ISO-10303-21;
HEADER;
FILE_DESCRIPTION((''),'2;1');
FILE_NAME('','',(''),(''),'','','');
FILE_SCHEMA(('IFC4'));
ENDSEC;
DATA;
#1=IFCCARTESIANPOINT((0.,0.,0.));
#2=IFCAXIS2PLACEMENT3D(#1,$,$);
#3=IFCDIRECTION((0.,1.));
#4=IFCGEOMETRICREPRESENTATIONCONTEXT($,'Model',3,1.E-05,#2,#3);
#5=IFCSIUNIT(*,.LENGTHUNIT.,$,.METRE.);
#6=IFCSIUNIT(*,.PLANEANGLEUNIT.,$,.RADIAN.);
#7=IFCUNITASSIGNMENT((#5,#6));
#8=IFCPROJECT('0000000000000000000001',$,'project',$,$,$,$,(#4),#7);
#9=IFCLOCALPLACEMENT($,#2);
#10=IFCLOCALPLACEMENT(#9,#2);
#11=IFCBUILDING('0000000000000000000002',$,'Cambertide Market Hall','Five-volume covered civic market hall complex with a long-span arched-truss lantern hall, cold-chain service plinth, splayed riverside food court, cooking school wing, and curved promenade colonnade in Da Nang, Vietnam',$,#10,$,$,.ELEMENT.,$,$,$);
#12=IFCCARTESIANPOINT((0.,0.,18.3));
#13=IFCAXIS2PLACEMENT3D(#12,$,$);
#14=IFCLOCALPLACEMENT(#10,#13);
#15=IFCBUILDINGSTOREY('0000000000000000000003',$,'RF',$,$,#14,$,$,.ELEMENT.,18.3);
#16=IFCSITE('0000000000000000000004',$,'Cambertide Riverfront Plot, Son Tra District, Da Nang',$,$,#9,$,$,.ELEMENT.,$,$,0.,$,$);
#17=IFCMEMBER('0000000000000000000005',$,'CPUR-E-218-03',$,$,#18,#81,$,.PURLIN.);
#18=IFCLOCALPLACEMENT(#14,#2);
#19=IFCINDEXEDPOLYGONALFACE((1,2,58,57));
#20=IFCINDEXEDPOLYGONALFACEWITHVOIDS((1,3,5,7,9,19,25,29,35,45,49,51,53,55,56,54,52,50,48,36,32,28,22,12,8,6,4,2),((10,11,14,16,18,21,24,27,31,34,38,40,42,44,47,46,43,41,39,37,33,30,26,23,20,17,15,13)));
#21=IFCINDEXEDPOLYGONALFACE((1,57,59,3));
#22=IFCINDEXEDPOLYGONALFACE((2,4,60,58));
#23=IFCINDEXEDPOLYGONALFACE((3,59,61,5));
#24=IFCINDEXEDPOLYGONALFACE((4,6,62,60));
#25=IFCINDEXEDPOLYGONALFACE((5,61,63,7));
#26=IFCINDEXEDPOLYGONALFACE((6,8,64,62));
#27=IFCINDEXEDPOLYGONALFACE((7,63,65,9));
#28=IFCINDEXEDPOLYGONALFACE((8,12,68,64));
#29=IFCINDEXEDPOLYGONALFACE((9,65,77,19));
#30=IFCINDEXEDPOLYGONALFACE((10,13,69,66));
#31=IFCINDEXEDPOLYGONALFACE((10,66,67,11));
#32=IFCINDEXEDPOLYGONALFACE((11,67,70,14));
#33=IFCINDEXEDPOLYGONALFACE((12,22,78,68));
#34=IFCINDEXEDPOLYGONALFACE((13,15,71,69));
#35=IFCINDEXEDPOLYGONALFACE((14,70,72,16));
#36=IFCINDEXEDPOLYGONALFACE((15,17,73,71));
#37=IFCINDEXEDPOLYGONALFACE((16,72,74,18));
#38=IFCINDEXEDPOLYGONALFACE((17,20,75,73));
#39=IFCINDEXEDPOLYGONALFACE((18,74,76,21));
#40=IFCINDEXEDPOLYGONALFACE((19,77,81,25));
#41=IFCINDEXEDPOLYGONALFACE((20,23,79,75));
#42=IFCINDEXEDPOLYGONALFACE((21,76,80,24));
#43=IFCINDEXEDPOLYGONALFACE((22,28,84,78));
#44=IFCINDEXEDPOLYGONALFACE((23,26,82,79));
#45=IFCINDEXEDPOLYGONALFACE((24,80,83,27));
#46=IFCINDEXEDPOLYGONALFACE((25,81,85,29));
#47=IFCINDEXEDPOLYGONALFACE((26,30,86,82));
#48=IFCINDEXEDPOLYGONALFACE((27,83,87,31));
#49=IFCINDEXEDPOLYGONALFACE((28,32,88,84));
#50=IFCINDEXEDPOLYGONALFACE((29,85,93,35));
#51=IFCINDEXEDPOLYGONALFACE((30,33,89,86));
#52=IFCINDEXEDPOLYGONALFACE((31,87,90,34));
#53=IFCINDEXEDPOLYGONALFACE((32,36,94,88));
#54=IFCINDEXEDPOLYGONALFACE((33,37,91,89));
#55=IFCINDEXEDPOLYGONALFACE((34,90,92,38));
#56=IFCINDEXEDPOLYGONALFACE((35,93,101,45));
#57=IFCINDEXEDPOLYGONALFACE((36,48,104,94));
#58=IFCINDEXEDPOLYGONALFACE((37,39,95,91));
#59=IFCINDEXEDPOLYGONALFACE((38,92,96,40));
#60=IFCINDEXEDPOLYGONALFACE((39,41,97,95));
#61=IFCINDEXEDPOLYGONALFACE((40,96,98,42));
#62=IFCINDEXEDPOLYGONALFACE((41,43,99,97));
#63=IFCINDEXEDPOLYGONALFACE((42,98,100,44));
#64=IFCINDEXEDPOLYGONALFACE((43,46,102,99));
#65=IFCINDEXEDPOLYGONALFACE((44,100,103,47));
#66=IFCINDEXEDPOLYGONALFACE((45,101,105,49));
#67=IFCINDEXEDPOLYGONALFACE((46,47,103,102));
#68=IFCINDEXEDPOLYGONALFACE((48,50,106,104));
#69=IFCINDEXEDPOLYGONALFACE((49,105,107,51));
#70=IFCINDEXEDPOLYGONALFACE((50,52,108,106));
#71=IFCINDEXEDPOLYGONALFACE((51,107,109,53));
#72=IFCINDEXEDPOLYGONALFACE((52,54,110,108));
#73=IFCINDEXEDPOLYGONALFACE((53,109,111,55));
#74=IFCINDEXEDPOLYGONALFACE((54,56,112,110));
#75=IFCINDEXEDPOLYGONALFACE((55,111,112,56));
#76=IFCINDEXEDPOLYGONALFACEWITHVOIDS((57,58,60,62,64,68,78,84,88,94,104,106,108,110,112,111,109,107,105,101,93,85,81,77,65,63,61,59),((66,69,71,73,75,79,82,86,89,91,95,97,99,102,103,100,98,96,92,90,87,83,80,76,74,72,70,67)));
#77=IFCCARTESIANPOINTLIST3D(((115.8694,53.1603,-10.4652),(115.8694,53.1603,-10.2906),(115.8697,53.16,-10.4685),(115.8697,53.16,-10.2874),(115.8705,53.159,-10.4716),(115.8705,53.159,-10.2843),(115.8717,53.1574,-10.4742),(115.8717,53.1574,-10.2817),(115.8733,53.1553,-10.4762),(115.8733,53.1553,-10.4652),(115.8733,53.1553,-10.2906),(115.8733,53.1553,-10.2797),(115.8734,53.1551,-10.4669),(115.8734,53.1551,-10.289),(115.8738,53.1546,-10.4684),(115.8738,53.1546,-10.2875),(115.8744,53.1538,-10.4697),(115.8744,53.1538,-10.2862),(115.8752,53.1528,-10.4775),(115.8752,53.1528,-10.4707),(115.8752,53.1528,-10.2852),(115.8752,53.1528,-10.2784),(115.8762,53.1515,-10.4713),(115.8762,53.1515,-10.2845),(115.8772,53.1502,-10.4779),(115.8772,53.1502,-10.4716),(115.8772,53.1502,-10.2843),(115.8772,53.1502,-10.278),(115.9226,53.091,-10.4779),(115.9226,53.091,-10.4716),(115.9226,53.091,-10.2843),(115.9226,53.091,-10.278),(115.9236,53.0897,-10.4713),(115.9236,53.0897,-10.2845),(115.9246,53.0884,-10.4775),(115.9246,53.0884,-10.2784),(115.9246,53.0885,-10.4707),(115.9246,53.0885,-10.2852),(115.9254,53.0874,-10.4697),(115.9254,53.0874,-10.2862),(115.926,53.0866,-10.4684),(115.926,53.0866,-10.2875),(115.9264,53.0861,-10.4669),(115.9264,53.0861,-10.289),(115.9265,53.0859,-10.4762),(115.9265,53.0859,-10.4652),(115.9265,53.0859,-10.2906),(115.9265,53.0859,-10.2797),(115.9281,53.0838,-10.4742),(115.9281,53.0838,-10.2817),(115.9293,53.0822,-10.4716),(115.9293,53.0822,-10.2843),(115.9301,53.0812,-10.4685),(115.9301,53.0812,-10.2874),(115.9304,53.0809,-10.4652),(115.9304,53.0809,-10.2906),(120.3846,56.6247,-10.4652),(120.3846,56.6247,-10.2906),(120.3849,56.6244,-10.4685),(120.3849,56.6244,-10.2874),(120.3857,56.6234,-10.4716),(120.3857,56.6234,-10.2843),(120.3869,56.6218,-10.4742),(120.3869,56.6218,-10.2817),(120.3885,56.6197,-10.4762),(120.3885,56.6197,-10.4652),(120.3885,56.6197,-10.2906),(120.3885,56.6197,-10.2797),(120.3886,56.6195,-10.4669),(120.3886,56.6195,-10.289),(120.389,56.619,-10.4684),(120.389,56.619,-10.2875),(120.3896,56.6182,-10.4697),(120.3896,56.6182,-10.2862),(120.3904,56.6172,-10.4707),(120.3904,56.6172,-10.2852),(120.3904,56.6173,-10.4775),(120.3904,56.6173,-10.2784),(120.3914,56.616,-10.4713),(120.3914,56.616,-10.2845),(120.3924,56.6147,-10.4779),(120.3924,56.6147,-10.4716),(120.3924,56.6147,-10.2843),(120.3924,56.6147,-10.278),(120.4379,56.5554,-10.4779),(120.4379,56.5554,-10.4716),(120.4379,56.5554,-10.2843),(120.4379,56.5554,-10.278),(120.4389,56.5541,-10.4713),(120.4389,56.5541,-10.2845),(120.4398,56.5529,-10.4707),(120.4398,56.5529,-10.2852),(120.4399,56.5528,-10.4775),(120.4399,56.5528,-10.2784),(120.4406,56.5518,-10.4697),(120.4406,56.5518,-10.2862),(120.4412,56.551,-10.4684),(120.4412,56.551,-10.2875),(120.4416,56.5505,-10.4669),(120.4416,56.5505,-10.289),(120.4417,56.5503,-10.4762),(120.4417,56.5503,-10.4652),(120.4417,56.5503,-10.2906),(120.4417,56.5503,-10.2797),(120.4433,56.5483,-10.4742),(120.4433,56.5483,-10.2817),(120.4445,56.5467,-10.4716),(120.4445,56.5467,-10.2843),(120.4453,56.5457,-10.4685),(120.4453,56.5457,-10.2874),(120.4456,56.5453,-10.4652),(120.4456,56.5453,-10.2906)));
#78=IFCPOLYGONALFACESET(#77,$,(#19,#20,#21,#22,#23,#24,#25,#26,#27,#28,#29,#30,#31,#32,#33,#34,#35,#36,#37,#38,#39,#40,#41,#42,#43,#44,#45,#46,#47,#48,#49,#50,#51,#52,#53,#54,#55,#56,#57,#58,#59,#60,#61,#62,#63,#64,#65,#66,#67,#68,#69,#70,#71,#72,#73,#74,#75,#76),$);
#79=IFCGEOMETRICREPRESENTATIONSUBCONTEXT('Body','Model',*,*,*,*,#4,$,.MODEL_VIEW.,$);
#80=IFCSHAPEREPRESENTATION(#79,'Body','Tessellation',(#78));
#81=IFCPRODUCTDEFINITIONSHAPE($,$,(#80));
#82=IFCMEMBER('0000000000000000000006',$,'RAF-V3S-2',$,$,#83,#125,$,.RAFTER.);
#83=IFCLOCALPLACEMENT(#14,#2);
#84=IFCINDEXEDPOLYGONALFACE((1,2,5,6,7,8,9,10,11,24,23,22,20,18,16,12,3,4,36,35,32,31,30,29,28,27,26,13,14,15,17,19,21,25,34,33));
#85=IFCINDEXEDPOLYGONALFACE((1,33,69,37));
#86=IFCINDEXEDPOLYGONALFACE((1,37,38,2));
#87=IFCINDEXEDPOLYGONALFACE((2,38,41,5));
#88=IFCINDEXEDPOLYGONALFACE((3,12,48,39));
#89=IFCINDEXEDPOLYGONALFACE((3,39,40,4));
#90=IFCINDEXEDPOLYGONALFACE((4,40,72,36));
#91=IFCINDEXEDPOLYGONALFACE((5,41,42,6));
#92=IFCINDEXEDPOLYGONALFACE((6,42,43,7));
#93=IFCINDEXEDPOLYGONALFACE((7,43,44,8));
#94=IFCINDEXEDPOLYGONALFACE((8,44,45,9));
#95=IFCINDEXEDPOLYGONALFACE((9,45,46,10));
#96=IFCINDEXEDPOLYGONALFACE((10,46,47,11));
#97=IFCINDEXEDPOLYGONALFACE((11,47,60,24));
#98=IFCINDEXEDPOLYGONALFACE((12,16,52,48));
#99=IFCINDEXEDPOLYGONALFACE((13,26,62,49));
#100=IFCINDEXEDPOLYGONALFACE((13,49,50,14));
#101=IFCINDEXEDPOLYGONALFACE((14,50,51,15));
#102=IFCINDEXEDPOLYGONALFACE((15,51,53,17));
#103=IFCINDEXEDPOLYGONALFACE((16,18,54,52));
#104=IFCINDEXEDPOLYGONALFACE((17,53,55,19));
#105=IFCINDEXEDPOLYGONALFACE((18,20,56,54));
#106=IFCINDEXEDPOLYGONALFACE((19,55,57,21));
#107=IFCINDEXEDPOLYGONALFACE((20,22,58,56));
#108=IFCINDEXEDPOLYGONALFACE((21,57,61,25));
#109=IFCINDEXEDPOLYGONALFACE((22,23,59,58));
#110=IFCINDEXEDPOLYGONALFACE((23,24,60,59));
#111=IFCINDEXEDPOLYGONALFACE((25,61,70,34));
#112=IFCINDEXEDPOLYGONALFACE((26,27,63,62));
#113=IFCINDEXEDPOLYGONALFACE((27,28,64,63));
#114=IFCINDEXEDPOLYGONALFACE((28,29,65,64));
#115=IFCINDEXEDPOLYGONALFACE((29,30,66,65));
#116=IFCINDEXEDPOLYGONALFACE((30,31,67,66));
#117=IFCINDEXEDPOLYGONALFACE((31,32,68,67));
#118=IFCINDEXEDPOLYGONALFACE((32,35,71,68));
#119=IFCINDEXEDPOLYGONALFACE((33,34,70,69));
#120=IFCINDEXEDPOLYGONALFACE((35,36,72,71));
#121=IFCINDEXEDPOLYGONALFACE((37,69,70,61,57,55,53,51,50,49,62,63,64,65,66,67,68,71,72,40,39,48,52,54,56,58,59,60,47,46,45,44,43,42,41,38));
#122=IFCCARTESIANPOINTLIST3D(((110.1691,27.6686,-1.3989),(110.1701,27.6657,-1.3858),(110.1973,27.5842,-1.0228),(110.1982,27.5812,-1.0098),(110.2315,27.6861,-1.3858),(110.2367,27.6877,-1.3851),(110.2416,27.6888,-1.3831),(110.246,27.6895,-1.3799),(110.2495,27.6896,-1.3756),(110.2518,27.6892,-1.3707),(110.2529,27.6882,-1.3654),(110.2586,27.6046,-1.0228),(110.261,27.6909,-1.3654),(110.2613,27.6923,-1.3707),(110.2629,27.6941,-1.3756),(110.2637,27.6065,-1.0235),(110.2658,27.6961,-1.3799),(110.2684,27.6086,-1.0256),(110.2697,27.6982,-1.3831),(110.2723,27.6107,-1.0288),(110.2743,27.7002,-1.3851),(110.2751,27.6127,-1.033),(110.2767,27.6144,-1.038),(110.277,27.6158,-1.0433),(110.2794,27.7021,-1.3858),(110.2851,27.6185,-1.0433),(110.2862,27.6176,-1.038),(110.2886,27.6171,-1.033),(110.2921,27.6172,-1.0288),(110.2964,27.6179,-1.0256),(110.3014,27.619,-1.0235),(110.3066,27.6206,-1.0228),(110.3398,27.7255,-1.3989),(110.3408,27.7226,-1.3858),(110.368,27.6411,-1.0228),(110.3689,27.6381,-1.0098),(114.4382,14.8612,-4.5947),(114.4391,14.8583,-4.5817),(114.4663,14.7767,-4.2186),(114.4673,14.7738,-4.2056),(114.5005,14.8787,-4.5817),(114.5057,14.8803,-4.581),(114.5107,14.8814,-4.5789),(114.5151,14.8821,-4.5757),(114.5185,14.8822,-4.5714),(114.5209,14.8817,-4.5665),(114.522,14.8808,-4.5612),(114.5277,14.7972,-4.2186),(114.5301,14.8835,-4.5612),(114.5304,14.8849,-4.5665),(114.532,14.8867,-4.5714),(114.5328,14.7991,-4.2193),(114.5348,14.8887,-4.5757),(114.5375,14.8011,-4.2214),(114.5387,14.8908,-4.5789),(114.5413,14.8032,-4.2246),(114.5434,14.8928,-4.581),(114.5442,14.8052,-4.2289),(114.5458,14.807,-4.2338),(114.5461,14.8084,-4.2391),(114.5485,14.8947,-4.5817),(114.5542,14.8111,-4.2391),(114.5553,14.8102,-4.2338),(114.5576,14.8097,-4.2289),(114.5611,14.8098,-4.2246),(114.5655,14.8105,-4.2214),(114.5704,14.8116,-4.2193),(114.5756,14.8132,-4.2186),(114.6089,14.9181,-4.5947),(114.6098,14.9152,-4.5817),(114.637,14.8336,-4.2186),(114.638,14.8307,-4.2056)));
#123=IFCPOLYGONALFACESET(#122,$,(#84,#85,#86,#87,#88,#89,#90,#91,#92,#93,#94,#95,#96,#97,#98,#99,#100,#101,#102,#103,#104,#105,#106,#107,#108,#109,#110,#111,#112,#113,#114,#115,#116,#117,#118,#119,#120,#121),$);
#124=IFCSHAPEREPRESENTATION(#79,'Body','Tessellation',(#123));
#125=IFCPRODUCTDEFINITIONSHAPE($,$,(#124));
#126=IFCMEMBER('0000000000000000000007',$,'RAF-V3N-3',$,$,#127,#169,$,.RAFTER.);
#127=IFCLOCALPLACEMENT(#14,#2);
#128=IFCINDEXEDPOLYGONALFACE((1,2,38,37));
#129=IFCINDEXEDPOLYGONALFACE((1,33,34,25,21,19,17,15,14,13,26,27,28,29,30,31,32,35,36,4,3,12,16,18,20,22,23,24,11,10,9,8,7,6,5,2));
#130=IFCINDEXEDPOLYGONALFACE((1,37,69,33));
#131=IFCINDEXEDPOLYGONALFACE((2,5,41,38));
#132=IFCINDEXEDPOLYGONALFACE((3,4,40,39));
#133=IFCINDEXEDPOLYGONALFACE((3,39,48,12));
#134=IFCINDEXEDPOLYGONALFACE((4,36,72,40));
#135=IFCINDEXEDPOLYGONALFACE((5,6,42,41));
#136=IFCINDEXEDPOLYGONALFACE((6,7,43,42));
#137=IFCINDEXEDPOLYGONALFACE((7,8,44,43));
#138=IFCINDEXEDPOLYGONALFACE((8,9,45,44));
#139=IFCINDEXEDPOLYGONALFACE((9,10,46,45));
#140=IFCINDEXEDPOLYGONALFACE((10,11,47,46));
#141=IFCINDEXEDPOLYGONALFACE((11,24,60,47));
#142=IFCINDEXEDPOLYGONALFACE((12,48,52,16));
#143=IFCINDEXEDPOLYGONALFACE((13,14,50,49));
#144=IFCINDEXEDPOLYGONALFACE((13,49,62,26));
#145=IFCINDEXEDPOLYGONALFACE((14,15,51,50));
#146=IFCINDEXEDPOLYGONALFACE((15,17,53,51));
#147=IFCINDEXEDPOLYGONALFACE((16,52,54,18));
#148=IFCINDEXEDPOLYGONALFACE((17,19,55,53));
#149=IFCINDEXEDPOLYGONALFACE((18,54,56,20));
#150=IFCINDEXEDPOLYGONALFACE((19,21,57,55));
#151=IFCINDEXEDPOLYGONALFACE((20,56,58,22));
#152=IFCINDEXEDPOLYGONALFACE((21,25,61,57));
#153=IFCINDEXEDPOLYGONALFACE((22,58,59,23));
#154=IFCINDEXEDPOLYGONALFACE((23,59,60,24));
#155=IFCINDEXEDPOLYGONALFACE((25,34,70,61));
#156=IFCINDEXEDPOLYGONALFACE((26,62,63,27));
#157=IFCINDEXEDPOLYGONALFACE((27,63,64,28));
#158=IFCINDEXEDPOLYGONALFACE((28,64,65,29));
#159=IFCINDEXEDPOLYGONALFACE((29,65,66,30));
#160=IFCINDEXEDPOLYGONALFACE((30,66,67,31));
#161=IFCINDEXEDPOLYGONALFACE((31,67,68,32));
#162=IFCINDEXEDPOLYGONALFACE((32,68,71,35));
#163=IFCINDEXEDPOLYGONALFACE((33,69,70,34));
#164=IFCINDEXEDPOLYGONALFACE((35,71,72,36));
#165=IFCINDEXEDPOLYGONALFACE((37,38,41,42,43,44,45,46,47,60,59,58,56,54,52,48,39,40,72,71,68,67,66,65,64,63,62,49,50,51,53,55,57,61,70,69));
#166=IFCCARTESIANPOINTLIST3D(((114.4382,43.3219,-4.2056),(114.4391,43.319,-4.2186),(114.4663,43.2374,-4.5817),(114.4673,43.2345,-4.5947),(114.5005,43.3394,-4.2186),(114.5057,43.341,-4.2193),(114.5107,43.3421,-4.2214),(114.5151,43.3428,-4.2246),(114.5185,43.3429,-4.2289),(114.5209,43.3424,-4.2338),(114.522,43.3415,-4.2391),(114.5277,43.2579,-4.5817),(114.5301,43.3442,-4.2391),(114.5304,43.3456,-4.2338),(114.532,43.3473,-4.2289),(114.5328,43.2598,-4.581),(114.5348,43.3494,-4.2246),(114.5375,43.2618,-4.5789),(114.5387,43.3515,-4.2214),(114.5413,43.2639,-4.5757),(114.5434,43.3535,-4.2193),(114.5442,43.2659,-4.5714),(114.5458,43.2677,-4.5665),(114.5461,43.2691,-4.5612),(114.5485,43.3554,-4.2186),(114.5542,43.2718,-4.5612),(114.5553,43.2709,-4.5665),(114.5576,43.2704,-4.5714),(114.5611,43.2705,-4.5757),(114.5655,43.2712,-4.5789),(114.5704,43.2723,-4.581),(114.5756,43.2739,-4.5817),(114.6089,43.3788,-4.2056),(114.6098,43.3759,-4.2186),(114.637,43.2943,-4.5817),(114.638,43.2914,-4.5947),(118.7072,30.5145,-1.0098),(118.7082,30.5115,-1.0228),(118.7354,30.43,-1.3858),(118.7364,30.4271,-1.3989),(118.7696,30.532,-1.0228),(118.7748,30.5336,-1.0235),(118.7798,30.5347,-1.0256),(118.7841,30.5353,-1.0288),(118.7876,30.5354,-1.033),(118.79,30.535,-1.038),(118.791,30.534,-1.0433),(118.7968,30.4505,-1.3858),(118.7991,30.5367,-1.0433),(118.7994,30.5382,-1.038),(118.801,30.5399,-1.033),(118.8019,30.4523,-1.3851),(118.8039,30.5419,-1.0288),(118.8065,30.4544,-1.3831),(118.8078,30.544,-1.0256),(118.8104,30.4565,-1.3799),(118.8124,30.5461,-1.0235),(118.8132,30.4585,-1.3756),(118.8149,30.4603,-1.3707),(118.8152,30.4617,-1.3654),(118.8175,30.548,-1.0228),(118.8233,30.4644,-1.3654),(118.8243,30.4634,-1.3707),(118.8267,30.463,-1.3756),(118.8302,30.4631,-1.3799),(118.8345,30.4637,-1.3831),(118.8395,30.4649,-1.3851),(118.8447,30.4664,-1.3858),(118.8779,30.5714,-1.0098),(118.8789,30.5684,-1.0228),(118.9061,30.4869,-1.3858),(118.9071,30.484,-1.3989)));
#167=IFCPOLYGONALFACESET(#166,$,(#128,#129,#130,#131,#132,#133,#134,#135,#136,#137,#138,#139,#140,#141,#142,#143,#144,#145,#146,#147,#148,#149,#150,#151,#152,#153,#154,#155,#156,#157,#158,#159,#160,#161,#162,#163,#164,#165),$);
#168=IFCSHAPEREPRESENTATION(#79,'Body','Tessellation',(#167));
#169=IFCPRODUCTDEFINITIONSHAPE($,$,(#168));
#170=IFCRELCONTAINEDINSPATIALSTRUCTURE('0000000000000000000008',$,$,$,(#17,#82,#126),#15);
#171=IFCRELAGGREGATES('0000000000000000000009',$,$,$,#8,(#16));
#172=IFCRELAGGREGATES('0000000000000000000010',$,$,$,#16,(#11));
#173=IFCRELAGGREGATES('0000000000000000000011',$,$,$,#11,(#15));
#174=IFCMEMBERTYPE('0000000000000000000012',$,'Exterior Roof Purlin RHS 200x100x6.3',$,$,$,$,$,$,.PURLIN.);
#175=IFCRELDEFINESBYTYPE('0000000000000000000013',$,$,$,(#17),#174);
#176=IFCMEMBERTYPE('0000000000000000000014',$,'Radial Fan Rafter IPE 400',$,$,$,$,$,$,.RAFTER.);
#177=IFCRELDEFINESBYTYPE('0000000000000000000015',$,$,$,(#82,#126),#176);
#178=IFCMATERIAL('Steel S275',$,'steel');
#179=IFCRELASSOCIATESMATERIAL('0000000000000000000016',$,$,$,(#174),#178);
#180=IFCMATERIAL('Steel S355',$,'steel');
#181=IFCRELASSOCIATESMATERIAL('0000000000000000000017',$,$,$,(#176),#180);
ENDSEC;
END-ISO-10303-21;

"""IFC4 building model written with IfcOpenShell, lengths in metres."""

from ifc_helpers import new_model, si_unit, direction, frame, origin, origin_2d, place, context, subcontext, project, spatial, hollow_rectangle, i_section, extrude, material, material_profile, profile_set, type_object, element, save


model = new_model("IFC4")

# Units and contexts
model_context = context("Model", 3, precision=1e-05, world=origin(), true_north=direction((0.0, 1.0)))
body_context = subcontext(model_context, "Body", "Model", "MODEL_VIEW")
ifc_project = project(units=[si_unit("LENGTHUNIT", "METRE"), si_unit("PLANEANGLEUNIT", "RADIAN")], contexts=[model_context])

# Site, building, storey
site_placement = place(None, origin())
site = spatial("IfcSite", under=ifc_project, at=site_placement, Name="Cambertide Riverfront Plot, Son Tra District, Da Nang", CompositionType="ELEMENT", RefElevation=0.0)
building_placement = place(site_placement, origin())
building = spatial("IfcBuilding", under=site, at=building_placement, Name="Cambertide Market Hall", Description="Five-volume covered civic market hall complex with a long-span arched-truss lantern hall, cold-chain service plinth, splayed riverside food court, cooking school wing, and curved promenade colonnade in Da Nang, Vietnam", CompositionType="ELEMENT")
storey_placement = place(building_placement, frame((0.0, 0.0, 18.3)))
storey = spatial("IfcBuildingStorey", under=building, at=storey_placement, Name="RF", CompositionType="ELEMENT", Elevation=18.3)

# Members
ifc_material_1 = material(Name="Steel S275", Category="steel")
ifc_material_profile_1 = material_profile(ifc_material_1, hollow_rectangle(XDim=0.1001, YDim=0.2, WallThickness=0.0063, InnerFilletRadius=0.0063, OuterFilletRadius=0.0127, at=origin_2d()), Name="RHS 200x100x6.3")
ifc_profile_set_1 = profile_set([ifc_material_profile_1], Name="Steel S275")
member_type_1 = type_object("IfcMemberType", Name="Exterior Roof Purlin RHS 200x100x6.3", PredefinedType="PURLIN", material=ifc_profile_set_1)
member_1_placement = place(storey_placement, frame((115.8999, 53.1206, -10.3779), z_axis=(0.793373, 0.608736, 0.0), x_axis=(-0.608736, 0.793373, 0.0)))
element("IfcMember", 1, at=member_1_placement, inside=storey, type_object=member_type_1, Name="CPUR-E-218-03", PredefinedType="PURLIN", context=body_context, shape_type="SweptSolid", body=[
    extrude(hollow_rectangle(XDim=0.1001, YDim=0.2, WallThickness=0.0063, InnerFilletRadius=0.0063, OuterFilletRadius=0.0127, at=origin_2d()), origin(), (0.0, 0.0, 1.0), 5.6912),
])
ifc_material_2 = material(Name="Steel S355", Category="steel")
ifc_material_profile_2 = material_profile(ifc_material_2, i_section(OverallWidth=0.1799, OverallDepth=0.3999, WebThickness=0.0085, FlangeThickness=0.0134, FilletRadius=0.021, at=origin_2d()), Name="IPE 400")
ifc_profile_set_2 = profile_set([ifc_material_profile_2], Name="Steel S355")
member_type_2 = type_object("IfcMemberType", Name="Radial Fan Rafter IPE 400", PredefinedType="RAFTER", material=ifc_profile_set_2)
for number, where, z_axis, x_axis, name in (
    (2, (114.5381, 14.8459, -4.4001), (-0.307718, 0.923171, 0.230357), (-0.948685, -0.316222, 0.0), "RAF-V3S-2"),
    (3, (114.5381, 43.3066, -4.4001), (0.307718, -0.923171, 0.230357), (0.948685, 0.316222, 0.0), "RAF-V3N-3"),
):
    element("IfcMember", number, at=place(storey_placement, frame(where, z_axis=z_axis, x_axis=x_axis)), inside=storey, type_object=member_type_2, Name=name, PredefinedType="RAFTER", context=body_context, shape_type="SweptSolid", body=[
        extrude(i_section(OverallWidth=0.1799, OverallDepth=0.3999, WebThickness=0.0085, FlangeThickness=0.0134, FilletRadius=0.021, at=origin_2d()), origin(), (0.0, 0.0, 1.0), 13.8733),
    ])

save(model, "model.ifc")
